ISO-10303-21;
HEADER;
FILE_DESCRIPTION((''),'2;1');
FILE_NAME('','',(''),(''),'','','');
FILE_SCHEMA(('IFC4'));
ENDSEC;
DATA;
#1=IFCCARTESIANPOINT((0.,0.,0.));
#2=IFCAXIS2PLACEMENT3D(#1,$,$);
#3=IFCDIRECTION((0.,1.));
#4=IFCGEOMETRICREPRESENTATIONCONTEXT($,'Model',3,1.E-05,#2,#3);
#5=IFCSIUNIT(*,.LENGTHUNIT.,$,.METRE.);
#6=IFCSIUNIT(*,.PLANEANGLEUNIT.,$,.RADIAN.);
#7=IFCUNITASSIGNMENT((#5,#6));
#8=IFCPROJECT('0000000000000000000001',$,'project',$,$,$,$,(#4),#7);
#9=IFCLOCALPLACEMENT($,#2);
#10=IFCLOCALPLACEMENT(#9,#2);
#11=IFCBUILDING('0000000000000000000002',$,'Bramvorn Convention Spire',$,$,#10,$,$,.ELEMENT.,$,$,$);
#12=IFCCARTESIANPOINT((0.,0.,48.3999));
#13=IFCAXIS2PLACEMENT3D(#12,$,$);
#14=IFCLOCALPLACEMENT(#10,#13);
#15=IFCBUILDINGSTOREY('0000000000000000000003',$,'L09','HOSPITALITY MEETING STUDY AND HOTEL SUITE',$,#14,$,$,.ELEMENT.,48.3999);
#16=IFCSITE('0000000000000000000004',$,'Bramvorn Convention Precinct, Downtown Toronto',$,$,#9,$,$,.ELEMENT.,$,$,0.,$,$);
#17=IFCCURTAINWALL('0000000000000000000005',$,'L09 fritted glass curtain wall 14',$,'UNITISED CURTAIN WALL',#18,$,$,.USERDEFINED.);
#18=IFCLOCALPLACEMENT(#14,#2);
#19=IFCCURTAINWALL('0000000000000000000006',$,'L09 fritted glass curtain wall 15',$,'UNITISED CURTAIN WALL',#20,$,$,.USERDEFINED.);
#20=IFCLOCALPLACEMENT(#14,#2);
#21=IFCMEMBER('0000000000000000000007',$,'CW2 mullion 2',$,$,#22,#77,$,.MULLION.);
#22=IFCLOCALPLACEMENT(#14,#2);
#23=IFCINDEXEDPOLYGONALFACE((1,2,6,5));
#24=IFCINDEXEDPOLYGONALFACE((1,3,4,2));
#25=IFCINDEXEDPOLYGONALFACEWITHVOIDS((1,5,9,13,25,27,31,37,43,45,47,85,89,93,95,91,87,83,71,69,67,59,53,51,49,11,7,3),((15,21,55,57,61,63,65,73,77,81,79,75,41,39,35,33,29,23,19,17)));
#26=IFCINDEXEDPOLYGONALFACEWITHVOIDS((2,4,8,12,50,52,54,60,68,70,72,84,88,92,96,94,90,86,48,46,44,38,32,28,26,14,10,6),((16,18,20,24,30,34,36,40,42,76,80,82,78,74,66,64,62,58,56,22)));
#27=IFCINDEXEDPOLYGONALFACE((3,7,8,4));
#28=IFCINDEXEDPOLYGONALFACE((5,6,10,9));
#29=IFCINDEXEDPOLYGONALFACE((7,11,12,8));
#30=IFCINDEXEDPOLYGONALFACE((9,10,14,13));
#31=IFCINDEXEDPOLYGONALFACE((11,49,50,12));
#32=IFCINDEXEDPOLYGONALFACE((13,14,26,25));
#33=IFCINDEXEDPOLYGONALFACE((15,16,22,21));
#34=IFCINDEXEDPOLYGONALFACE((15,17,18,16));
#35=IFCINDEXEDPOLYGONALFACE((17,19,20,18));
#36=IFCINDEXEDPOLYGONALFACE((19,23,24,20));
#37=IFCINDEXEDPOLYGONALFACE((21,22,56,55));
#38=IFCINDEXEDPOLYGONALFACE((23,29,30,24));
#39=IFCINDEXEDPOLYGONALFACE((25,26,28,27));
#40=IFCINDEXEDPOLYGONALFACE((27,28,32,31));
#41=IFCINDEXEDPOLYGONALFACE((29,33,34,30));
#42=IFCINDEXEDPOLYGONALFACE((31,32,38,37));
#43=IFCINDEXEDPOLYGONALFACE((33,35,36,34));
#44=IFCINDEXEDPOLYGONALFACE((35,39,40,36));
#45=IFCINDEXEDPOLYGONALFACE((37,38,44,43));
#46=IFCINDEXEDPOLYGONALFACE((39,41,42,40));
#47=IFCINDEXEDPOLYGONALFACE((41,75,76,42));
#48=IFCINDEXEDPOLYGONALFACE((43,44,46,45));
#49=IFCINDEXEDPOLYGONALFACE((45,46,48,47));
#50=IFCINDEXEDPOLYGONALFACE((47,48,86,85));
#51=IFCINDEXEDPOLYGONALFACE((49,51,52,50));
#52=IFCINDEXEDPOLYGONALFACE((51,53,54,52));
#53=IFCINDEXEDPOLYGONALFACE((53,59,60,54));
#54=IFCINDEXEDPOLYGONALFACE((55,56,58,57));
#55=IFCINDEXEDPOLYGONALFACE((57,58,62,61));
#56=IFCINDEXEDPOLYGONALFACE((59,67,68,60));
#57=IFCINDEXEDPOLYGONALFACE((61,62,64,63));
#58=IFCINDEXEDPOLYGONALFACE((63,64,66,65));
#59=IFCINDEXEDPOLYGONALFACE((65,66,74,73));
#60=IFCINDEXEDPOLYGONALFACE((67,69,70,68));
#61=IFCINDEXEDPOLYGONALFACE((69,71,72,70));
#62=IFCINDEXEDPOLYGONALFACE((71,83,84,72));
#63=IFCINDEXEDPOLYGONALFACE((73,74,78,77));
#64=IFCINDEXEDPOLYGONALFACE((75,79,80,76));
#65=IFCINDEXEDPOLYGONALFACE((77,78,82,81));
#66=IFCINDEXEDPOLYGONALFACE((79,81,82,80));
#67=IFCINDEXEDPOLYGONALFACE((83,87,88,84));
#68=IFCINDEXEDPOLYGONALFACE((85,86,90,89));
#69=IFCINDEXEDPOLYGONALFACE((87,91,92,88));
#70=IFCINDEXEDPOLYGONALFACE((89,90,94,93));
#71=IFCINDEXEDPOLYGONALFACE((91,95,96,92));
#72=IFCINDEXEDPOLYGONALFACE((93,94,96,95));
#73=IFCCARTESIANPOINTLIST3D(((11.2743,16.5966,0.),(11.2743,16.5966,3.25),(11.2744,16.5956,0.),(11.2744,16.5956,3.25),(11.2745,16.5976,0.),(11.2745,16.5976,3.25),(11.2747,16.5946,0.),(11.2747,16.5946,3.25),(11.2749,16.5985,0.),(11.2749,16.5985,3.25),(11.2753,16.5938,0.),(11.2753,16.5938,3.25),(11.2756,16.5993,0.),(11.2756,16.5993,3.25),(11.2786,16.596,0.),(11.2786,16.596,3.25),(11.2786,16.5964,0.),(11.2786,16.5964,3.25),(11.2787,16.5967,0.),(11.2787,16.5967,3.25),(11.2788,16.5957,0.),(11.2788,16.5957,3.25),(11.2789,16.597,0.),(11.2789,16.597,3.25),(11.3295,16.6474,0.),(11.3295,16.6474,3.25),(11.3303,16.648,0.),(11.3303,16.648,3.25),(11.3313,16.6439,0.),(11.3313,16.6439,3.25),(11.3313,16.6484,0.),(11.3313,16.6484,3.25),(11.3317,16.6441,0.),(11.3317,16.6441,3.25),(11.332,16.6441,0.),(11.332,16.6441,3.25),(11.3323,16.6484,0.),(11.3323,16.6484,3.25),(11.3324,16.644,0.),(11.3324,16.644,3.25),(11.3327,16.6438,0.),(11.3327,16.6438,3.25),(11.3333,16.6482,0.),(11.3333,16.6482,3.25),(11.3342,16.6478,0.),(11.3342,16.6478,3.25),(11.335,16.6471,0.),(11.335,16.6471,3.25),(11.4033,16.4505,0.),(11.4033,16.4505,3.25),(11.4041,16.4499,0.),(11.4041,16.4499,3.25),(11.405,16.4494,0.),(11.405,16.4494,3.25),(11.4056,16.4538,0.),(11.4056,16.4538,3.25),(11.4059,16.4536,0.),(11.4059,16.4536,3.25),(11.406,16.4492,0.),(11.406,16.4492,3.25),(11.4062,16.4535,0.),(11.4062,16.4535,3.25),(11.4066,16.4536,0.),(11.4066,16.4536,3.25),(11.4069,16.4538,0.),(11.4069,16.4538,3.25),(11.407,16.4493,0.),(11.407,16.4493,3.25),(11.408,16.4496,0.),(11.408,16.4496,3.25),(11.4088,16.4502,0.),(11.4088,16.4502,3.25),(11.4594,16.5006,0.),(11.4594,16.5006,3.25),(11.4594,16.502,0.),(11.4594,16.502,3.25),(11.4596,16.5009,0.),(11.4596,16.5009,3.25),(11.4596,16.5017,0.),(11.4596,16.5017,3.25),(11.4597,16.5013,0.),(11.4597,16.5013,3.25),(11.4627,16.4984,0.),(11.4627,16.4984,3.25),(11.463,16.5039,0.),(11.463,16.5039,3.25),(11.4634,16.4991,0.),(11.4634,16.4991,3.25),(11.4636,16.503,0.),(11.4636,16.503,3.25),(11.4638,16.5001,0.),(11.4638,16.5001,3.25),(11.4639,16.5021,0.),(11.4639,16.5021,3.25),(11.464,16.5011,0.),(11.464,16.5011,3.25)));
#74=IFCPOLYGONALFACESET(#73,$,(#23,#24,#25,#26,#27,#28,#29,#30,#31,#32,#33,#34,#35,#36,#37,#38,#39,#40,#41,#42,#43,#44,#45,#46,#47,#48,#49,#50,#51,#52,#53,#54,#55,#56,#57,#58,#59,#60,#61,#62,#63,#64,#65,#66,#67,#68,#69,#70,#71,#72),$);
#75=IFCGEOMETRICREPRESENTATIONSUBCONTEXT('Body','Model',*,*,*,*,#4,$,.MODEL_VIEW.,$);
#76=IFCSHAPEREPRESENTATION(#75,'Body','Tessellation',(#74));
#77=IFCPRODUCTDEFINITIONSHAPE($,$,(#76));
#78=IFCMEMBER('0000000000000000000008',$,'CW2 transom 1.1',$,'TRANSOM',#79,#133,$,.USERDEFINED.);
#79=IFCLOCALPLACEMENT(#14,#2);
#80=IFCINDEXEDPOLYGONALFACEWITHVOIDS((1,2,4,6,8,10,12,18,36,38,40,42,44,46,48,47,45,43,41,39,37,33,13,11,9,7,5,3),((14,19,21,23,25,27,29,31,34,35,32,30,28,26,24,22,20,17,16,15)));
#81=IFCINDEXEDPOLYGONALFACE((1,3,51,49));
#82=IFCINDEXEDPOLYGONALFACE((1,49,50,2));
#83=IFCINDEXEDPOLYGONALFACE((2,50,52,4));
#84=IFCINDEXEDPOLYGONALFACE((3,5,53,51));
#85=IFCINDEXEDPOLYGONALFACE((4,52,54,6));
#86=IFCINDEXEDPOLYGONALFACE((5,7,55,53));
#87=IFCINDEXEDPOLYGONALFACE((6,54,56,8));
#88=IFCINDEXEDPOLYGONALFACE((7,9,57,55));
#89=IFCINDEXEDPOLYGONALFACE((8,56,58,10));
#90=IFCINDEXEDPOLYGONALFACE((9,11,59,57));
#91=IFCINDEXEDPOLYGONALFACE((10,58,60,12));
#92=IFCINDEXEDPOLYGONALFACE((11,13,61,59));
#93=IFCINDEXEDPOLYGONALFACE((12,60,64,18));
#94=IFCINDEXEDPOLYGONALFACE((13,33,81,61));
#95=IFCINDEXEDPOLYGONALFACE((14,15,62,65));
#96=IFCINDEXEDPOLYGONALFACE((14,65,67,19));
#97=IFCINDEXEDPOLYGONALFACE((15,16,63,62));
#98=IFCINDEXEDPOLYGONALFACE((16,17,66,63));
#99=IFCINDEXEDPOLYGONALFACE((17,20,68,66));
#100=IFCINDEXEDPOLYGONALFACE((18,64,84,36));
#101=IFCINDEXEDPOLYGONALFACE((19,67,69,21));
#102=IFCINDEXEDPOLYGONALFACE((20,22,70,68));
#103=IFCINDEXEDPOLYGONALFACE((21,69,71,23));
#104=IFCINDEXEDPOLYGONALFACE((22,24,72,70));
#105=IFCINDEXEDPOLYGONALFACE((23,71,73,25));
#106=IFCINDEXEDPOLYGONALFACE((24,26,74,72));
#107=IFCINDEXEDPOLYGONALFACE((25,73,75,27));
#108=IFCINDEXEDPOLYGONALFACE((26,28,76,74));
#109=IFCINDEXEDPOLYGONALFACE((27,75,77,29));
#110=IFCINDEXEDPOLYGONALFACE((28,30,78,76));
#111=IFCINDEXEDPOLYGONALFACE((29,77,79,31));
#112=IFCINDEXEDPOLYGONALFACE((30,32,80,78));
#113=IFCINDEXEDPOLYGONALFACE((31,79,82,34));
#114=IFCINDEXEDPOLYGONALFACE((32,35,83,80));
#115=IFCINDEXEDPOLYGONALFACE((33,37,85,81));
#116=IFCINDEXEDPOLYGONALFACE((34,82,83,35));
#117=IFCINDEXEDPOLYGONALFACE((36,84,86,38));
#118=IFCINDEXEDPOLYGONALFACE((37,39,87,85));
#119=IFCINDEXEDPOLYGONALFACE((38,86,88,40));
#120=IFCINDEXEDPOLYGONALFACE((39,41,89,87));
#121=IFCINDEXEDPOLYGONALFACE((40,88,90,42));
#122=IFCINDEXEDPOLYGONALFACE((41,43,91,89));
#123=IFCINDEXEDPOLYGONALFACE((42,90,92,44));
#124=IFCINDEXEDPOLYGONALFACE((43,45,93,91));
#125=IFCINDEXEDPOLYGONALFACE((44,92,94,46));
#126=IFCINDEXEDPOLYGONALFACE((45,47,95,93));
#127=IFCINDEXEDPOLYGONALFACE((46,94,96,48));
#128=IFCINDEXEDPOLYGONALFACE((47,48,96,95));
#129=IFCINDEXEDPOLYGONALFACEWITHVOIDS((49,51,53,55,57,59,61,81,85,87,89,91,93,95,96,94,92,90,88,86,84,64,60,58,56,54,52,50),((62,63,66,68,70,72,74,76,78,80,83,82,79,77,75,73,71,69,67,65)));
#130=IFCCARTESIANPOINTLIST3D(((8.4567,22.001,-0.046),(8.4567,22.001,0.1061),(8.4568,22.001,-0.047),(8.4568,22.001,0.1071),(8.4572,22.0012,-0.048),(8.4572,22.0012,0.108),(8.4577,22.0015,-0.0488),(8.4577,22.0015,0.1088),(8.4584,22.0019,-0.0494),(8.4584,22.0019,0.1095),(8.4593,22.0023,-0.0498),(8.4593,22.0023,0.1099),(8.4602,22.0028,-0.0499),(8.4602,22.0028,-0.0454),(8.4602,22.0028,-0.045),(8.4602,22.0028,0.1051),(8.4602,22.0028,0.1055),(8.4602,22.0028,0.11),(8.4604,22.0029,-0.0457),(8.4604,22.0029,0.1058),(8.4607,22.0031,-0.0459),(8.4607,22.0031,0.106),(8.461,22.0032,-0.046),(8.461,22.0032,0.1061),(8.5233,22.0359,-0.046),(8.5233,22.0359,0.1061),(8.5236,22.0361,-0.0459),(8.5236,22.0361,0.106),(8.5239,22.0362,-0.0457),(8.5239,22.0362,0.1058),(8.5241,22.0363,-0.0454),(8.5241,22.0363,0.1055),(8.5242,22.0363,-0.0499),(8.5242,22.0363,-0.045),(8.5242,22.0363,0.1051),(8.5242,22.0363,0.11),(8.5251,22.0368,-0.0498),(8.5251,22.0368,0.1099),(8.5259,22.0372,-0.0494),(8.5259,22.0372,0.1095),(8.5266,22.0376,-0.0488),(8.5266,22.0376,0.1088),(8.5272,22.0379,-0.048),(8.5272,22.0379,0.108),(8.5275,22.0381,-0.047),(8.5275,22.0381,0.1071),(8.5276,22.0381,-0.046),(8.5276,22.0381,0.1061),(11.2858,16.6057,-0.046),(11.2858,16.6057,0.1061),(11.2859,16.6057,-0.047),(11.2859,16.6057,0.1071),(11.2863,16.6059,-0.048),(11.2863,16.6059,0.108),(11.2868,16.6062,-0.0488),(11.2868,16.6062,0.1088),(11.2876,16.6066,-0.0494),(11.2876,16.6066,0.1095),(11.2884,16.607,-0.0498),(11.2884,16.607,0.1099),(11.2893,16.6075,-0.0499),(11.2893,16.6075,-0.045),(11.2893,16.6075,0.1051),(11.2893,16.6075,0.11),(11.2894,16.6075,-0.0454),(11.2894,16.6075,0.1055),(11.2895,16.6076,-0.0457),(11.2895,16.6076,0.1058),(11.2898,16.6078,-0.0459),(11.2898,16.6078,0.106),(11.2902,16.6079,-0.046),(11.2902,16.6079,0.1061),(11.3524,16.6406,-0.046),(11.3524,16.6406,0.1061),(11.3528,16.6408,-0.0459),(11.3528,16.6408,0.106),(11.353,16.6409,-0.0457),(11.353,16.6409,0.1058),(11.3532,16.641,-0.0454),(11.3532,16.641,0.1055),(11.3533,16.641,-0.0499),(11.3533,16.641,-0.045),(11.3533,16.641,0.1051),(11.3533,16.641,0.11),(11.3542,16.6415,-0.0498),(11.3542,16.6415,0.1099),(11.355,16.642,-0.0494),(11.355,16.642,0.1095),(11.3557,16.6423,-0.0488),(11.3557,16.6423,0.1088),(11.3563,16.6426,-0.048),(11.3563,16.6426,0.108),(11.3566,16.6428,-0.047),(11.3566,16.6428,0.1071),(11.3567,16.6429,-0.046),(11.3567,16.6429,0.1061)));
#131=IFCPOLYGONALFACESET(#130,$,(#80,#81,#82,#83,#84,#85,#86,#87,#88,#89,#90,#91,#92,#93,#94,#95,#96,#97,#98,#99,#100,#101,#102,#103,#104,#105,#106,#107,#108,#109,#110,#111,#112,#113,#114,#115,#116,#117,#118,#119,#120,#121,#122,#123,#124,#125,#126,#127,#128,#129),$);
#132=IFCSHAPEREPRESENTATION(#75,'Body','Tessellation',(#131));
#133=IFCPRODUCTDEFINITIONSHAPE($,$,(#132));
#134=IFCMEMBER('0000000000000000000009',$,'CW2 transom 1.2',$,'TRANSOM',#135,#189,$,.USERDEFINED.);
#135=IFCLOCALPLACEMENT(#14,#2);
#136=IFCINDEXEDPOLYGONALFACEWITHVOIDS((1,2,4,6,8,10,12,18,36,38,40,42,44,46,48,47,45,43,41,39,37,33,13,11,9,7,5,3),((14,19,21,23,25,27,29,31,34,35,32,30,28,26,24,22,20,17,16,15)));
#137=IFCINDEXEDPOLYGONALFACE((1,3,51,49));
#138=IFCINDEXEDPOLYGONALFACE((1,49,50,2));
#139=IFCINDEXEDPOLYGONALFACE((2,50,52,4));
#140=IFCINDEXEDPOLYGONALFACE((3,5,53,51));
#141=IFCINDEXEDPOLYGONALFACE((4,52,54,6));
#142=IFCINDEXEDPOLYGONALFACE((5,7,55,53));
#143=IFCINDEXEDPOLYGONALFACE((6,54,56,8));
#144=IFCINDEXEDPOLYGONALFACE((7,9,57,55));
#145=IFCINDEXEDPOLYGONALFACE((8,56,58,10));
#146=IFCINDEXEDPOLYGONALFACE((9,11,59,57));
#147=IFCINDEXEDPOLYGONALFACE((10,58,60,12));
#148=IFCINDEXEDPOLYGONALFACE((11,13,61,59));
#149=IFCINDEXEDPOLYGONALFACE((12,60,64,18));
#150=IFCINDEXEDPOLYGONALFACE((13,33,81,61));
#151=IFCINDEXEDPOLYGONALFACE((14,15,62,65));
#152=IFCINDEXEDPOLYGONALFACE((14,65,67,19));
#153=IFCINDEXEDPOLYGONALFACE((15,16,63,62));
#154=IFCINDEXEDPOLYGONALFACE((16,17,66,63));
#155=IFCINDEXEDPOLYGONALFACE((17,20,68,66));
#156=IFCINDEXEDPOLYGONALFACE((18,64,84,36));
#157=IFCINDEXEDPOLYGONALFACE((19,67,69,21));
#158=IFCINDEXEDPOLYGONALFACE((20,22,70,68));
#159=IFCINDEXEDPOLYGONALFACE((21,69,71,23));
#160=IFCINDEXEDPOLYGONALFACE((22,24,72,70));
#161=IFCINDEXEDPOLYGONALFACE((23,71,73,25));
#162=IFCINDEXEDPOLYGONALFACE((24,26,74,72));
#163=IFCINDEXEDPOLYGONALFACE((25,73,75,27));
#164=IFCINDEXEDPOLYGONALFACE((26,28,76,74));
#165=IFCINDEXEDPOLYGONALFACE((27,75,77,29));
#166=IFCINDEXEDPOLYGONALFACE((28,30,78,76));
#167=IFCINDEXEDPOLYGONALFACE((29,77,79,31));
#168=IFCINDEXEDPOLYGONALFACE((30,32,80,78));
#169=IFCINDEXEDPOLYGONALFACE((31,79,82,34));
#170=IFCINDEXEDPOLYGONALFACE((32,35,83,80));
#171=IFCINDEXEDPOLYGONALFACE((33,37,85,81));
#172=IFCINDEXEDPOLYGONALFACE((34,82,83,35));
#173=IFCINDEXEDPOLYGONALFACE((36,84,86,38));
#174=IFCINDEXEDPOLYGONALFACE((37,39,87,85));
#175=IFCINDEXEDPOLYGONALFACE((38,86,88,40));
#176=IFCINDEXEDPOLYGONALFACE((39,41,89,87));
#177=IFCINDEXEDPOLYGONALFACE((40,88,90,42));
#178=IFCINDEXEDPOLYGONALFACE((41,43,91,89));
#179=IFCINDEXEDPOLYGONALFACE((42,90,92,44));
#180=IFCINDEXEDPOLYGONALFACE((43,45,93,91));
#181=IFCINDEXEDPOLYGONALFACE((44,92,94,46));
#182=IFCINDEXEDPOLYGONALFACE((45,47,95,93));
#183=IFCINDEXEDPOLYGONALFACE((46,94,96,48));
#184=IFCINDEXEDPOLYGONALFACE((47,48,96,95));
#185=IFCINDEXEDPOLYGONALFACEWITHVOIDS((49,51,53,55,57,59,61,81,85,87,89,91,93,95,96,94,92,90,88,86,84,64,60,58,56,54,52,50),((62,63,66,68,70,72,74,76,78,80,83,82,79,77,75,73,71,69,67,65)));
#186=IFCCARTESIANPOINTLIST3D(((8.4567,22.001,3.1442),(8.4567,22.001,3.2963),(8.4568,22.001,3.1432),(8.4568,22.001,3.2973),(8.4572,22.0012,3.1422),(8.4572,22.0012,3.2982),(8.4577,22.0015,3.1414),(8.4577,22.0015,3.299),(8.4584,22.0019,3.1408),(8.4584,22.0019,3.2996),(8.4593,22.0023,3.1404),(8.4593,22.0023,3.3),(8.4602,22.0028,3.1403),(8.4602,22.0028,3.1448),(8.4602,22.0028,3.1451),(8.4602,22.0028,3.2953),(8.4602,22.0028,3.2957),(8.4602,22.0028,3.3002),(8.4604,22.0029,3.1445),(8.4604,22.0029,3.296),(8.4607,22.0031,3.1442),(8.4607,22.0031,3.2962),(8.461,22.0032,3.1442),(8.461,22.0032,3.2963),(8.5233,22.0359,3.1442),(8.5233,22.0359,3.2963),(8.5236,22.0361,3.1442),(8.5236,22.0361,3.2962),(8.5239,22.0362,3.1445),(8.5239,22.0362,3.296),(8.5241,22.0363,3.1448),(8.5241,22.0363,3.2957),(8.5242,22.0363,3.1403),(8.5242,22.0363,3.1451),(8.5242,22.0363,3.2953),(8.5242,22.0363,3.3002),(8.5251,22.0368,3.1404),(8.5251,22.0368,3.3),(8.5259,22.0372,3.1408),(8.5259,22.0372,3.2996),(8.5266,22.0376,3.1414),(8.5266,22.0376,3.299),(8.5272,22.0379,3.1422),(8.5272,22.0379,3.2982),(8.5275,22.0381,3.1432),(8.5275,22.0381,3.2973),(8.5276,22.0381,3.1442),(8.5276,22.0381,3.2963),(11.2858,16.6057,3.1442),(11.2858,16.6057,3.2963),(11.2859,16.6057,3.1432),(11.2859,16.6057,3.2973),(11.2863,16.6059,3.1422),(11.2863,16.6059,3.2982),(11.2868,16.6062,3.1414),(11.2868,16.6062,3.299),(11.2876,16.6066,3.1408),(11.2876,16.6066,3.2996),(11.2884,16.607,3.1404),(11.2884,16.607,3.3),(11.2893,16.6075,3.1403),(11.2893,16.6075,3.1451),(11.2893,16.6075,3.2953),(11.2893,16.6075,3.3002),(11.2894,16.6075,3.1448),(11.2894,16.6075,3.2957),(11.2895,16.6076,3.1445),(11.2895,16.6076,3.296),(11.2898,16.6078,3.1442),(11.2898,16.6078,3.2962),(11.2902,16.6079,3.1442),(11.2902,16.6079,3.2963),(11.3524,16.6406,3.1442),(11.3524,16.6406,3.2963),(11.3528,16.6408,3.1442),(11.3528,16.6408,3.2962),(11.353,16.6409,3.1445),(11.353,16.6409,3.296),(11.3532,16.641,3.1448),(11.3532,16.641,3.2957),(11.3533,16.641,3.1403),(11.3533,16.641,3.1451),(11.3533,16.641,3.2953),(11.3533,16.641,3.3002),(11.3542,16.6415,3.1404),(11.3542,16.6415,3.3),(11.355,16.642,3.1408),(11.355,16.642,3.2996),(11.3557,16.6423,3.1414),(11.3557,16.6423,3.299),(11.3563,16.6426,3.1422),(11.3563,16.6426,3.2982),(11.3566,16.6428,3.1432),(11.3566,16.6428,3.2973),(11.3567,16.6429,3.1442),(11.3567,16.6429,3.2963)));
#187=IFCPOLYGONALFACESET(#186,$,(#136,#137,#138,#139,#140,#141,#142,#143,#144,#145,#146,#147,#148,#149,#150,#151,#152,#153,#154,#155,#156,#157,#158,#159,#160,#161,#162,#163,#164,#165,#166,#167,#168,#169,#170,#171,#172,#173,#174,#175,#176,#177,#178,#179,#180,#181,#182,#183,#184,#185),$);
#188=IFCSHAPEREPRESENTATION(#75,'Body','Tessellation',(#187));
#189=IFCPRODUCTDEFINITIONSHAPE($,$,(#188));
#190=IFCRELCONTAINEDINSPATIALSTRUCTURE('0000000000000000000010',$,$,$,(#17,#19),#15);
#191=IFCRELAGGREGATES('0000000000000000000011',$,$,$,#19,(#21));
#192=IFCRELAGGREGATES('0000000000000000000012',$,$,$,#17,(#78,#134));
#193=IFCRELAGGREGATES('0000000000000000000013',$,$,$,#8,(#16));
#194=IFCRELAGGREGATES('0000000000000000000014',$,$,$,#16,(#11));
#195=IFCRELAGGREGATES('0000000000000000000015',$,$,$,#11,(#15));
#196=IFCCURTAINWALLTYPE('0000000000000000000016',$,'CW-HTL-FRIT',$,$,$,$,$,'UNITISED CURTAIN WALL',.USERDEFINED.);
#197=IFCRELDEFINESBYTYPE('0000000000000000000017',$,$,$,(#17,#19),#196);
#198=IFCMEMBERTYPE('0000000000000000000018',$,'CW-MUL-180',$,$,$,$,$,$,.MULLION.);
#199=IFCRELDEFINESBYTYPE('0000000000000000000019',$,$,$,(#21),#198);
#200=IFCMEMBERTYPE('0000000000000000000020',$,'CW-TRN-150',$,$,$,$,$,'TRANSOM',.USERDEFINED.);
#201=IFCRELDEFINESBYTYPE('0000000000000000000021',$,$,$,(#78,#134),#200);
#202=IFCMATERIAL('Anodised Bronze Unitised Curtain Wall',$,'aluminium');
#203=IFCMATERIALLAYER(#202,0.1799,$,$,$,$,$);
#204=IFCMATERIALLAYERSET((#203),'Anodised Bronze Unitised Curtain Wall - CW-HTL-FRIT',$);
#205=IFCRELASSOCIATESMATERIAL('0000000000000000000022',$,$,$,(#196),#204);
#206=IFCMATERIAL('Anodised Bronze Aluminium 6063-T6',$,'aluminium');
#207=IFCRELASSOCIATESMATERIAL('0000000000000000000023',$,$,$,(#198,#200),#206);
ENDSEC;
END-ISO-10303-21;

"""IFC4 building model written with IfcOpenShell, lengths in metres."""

from ifc_helpers import new_model, si_unit, direction, frame, origin, origin_2d, place, context, subcontext, project, spatial, hollow_rectangle, extrude, material, layer, layer_set, material_profile, profile_set, type_object, element, aggregate, save


model = new_model("IFC4")

# Units and contexts
model_context = context("Model", 3, precision=1e-05, world=origin(), true_north=direction((0.0, 1.0)))
body_context = subcontext(model_context, "Body", "Model", "MODEL_VIEW")
ifc_project = project(units=[si_unit("LENGTHUNIT", "METRE"), si_unit("PLANEANGLEUNIT", "RADIAN")], contexts=[model_context])

# Site, building, storey
site_placement = place(None, origin())
site = spatial("IfcSite", under=ifc_project, at=site_placement, Name="Bramvorn Convention Precinct, Downtown Toronto", CompositionType="ELEMENT", RefElevation=0.0)
building_placement = place(site_placement, origin())
building = spatial("IfcBuilding", under=site, at=building_placement, Name="Bramvorn Convention Spire", CompositionType="ELEMENT")
storey_placement = place(building_placement, frame((0.0, 0.0, 48.3999)))
storey = spatial("IfcBuildingStorey", under=building, at=storey_placement, Name="L09", Description="HOSPITALITY MEETING STUDY AND HOTEL SUITE", CompositionType="ELEMENT", Elevation=48.3999)

# Curtain wall
ifc_material_1 = material(Name="Anodised Bronze Unitised Curtain Wall", Category="aluminium")
ifc_layer_1 = layer(ifc_material_1, 0.1799)
ifc_layer_set_1 = layer_set([ifc_layer_1], Name="Anodised Bronze Unitised Curtain Wall - CW-HTL-FRIT")
curtain_wall_type = type_object("IfcCurtainWallType", Name="CW-HTL-FRIT", ElementType="UNITISED CURTAIN WALL", PredefinedType="USERDEFINED", material=ifc_layer_set_1)
curtain_wall_1_placement = place(storey_placement, origin())
curtain_wall_1 = element("IfcCurtainWall", 1, at=curtain_wall_1_placement, inside=storey, type_object=curtain_wall_type, Name="L09 fritted glass curtain wall 14", ObjectType="UNITISED CURTAIN WALL", PredefinedType="USERDEFINED")
ifc_material_2 = material(Name="Anodised Bronze Aluminium 6063-T6", Category="aluminium")
ifc_material_profile_1 = material_profile(ifc_material_2, hollow_rectangle(XDim=0.0801, YDim=0.2, WallThickness=0.0039, InnerFilletRadius=0.001, OuterFilletRadius=0.0039, at=origin_2d()))
ifc_profile_set_1 = profile_set([ifc_material_profile_1], Name="Anodised Bronze Aluminium 6063-T6 - CWM80X200")
member_type_1 = type_object("IfcMemberType", Name="CW-MUL-180", PredefinedType="MULLION", material=ifc_profile_set_1)

# Curtain wall, member
curtain_wall_2_placement = place(storey_placement, origin())
curtain_wall_2 = element("IfcCurtainWall", 2, at=curtain_wall_2_placement, inside=storey, type_object=curtain_wall_type, Name="L09 fritted glass curtain wall 15", ObjectType="UNITISED CURTAIN WALL", PredefinedType="USERDEFINED")
member_1_placement = place(storey_placement, frame((11.3691, 16.5488, 0.0), z_axis=(0.0, 0.0, 1.0), x_axis=(-0.745622, -0.666369, 0.0)))
member_1 = element("IfcMember", 3, at=member_1_placement, type_object=member_type_1, Name="CW2 mullion 2", PredefinedType="MULLION", context=body_context, shape_type="SweptSolid", body=[
    extrude(hollow_rectangle(XDim=0.0801, YDim=0.2, WallThickness=0.0039, InnerFilletRadius=0.001, OuterFilletRadius=0.0039, at=origin_2d()), origin(), (0.0, 0.0, 1.0), 3.25),
])
aggregate(curtain_wall_2, [member_1])

# Members
ifc_material_profile_2 = material_profile(ifc_material_2, hollow_rectangle(XDim=0.0801, YDim=0.1599, WallThickness=0.0039, InnerFilletRadius=0.001, OuterFilletRadius=0.0039, at=origin_2d()))
ifc_profile_set_2 = profile_set([ifc_material_profile_2], Name="Anodised Bronze Aluminium 6063-T6 - CWT80X160")
member_type_2 = type_object("IfcMemberType", Name="CW-TRN-150", ElementType="TRANSOM", PredefinedType="USERDEFINED", material=ifc_profile_set_2)
member_2_placement = place(storey_placement, frame((11.3213, 16.6243, 0.03), z_axis=(-0.464395, 0.885628, 0.0), x_axis=(-0.885628, -0.464395, 0.0)))
member_2 = element("IfcMember", 4, at=member_2_placement, type_object=member_type_2, Name="CW2 transom 1.1", ObjectType="TRANSOM", PredefinedType="USERDEFINED", context=body_context, shape_type="SweptSolid", body=[
    extrude(hollow_rectangle(XDim=0.0801, YDim=0.1599, WallThickness=0.0039, InnerFilletRadius=0.001, OuterFilletRadius=0.0039, at=origin_2d()), origin(), (0.0, 0.0, 1.0), 6.092),
])
member_3_placement = place(storey_placement, frame((11.3213, 16.6243, 3.2202), z_axis=(-0.464395, 0.885628, 0.0), x_axis=(-0.885628, -0.464395, 0.0)))
member_3 = element("IfcMember", 5, at=member_3_placement, type_object=member_type_2, Name="CW2 transom 1.2", ObjectType="TRANSOM", PredefinedType="USERDEFINED", context=body_context, shape_type="SweptSolid", body=[
    extrude(hollow_rectangle(XDim=0.0801, YDim=0.1599, WallThickness=0.0039, InnerFilletRadius=0.001, OuterFilletRadius=0.0039, at=origin_2d()), origin(), (0.0, 0.0, 1.0), 6.092),
])

aggregate(curtain_wall_1, [member_2, member_3])

save(model, "model.ifc")
